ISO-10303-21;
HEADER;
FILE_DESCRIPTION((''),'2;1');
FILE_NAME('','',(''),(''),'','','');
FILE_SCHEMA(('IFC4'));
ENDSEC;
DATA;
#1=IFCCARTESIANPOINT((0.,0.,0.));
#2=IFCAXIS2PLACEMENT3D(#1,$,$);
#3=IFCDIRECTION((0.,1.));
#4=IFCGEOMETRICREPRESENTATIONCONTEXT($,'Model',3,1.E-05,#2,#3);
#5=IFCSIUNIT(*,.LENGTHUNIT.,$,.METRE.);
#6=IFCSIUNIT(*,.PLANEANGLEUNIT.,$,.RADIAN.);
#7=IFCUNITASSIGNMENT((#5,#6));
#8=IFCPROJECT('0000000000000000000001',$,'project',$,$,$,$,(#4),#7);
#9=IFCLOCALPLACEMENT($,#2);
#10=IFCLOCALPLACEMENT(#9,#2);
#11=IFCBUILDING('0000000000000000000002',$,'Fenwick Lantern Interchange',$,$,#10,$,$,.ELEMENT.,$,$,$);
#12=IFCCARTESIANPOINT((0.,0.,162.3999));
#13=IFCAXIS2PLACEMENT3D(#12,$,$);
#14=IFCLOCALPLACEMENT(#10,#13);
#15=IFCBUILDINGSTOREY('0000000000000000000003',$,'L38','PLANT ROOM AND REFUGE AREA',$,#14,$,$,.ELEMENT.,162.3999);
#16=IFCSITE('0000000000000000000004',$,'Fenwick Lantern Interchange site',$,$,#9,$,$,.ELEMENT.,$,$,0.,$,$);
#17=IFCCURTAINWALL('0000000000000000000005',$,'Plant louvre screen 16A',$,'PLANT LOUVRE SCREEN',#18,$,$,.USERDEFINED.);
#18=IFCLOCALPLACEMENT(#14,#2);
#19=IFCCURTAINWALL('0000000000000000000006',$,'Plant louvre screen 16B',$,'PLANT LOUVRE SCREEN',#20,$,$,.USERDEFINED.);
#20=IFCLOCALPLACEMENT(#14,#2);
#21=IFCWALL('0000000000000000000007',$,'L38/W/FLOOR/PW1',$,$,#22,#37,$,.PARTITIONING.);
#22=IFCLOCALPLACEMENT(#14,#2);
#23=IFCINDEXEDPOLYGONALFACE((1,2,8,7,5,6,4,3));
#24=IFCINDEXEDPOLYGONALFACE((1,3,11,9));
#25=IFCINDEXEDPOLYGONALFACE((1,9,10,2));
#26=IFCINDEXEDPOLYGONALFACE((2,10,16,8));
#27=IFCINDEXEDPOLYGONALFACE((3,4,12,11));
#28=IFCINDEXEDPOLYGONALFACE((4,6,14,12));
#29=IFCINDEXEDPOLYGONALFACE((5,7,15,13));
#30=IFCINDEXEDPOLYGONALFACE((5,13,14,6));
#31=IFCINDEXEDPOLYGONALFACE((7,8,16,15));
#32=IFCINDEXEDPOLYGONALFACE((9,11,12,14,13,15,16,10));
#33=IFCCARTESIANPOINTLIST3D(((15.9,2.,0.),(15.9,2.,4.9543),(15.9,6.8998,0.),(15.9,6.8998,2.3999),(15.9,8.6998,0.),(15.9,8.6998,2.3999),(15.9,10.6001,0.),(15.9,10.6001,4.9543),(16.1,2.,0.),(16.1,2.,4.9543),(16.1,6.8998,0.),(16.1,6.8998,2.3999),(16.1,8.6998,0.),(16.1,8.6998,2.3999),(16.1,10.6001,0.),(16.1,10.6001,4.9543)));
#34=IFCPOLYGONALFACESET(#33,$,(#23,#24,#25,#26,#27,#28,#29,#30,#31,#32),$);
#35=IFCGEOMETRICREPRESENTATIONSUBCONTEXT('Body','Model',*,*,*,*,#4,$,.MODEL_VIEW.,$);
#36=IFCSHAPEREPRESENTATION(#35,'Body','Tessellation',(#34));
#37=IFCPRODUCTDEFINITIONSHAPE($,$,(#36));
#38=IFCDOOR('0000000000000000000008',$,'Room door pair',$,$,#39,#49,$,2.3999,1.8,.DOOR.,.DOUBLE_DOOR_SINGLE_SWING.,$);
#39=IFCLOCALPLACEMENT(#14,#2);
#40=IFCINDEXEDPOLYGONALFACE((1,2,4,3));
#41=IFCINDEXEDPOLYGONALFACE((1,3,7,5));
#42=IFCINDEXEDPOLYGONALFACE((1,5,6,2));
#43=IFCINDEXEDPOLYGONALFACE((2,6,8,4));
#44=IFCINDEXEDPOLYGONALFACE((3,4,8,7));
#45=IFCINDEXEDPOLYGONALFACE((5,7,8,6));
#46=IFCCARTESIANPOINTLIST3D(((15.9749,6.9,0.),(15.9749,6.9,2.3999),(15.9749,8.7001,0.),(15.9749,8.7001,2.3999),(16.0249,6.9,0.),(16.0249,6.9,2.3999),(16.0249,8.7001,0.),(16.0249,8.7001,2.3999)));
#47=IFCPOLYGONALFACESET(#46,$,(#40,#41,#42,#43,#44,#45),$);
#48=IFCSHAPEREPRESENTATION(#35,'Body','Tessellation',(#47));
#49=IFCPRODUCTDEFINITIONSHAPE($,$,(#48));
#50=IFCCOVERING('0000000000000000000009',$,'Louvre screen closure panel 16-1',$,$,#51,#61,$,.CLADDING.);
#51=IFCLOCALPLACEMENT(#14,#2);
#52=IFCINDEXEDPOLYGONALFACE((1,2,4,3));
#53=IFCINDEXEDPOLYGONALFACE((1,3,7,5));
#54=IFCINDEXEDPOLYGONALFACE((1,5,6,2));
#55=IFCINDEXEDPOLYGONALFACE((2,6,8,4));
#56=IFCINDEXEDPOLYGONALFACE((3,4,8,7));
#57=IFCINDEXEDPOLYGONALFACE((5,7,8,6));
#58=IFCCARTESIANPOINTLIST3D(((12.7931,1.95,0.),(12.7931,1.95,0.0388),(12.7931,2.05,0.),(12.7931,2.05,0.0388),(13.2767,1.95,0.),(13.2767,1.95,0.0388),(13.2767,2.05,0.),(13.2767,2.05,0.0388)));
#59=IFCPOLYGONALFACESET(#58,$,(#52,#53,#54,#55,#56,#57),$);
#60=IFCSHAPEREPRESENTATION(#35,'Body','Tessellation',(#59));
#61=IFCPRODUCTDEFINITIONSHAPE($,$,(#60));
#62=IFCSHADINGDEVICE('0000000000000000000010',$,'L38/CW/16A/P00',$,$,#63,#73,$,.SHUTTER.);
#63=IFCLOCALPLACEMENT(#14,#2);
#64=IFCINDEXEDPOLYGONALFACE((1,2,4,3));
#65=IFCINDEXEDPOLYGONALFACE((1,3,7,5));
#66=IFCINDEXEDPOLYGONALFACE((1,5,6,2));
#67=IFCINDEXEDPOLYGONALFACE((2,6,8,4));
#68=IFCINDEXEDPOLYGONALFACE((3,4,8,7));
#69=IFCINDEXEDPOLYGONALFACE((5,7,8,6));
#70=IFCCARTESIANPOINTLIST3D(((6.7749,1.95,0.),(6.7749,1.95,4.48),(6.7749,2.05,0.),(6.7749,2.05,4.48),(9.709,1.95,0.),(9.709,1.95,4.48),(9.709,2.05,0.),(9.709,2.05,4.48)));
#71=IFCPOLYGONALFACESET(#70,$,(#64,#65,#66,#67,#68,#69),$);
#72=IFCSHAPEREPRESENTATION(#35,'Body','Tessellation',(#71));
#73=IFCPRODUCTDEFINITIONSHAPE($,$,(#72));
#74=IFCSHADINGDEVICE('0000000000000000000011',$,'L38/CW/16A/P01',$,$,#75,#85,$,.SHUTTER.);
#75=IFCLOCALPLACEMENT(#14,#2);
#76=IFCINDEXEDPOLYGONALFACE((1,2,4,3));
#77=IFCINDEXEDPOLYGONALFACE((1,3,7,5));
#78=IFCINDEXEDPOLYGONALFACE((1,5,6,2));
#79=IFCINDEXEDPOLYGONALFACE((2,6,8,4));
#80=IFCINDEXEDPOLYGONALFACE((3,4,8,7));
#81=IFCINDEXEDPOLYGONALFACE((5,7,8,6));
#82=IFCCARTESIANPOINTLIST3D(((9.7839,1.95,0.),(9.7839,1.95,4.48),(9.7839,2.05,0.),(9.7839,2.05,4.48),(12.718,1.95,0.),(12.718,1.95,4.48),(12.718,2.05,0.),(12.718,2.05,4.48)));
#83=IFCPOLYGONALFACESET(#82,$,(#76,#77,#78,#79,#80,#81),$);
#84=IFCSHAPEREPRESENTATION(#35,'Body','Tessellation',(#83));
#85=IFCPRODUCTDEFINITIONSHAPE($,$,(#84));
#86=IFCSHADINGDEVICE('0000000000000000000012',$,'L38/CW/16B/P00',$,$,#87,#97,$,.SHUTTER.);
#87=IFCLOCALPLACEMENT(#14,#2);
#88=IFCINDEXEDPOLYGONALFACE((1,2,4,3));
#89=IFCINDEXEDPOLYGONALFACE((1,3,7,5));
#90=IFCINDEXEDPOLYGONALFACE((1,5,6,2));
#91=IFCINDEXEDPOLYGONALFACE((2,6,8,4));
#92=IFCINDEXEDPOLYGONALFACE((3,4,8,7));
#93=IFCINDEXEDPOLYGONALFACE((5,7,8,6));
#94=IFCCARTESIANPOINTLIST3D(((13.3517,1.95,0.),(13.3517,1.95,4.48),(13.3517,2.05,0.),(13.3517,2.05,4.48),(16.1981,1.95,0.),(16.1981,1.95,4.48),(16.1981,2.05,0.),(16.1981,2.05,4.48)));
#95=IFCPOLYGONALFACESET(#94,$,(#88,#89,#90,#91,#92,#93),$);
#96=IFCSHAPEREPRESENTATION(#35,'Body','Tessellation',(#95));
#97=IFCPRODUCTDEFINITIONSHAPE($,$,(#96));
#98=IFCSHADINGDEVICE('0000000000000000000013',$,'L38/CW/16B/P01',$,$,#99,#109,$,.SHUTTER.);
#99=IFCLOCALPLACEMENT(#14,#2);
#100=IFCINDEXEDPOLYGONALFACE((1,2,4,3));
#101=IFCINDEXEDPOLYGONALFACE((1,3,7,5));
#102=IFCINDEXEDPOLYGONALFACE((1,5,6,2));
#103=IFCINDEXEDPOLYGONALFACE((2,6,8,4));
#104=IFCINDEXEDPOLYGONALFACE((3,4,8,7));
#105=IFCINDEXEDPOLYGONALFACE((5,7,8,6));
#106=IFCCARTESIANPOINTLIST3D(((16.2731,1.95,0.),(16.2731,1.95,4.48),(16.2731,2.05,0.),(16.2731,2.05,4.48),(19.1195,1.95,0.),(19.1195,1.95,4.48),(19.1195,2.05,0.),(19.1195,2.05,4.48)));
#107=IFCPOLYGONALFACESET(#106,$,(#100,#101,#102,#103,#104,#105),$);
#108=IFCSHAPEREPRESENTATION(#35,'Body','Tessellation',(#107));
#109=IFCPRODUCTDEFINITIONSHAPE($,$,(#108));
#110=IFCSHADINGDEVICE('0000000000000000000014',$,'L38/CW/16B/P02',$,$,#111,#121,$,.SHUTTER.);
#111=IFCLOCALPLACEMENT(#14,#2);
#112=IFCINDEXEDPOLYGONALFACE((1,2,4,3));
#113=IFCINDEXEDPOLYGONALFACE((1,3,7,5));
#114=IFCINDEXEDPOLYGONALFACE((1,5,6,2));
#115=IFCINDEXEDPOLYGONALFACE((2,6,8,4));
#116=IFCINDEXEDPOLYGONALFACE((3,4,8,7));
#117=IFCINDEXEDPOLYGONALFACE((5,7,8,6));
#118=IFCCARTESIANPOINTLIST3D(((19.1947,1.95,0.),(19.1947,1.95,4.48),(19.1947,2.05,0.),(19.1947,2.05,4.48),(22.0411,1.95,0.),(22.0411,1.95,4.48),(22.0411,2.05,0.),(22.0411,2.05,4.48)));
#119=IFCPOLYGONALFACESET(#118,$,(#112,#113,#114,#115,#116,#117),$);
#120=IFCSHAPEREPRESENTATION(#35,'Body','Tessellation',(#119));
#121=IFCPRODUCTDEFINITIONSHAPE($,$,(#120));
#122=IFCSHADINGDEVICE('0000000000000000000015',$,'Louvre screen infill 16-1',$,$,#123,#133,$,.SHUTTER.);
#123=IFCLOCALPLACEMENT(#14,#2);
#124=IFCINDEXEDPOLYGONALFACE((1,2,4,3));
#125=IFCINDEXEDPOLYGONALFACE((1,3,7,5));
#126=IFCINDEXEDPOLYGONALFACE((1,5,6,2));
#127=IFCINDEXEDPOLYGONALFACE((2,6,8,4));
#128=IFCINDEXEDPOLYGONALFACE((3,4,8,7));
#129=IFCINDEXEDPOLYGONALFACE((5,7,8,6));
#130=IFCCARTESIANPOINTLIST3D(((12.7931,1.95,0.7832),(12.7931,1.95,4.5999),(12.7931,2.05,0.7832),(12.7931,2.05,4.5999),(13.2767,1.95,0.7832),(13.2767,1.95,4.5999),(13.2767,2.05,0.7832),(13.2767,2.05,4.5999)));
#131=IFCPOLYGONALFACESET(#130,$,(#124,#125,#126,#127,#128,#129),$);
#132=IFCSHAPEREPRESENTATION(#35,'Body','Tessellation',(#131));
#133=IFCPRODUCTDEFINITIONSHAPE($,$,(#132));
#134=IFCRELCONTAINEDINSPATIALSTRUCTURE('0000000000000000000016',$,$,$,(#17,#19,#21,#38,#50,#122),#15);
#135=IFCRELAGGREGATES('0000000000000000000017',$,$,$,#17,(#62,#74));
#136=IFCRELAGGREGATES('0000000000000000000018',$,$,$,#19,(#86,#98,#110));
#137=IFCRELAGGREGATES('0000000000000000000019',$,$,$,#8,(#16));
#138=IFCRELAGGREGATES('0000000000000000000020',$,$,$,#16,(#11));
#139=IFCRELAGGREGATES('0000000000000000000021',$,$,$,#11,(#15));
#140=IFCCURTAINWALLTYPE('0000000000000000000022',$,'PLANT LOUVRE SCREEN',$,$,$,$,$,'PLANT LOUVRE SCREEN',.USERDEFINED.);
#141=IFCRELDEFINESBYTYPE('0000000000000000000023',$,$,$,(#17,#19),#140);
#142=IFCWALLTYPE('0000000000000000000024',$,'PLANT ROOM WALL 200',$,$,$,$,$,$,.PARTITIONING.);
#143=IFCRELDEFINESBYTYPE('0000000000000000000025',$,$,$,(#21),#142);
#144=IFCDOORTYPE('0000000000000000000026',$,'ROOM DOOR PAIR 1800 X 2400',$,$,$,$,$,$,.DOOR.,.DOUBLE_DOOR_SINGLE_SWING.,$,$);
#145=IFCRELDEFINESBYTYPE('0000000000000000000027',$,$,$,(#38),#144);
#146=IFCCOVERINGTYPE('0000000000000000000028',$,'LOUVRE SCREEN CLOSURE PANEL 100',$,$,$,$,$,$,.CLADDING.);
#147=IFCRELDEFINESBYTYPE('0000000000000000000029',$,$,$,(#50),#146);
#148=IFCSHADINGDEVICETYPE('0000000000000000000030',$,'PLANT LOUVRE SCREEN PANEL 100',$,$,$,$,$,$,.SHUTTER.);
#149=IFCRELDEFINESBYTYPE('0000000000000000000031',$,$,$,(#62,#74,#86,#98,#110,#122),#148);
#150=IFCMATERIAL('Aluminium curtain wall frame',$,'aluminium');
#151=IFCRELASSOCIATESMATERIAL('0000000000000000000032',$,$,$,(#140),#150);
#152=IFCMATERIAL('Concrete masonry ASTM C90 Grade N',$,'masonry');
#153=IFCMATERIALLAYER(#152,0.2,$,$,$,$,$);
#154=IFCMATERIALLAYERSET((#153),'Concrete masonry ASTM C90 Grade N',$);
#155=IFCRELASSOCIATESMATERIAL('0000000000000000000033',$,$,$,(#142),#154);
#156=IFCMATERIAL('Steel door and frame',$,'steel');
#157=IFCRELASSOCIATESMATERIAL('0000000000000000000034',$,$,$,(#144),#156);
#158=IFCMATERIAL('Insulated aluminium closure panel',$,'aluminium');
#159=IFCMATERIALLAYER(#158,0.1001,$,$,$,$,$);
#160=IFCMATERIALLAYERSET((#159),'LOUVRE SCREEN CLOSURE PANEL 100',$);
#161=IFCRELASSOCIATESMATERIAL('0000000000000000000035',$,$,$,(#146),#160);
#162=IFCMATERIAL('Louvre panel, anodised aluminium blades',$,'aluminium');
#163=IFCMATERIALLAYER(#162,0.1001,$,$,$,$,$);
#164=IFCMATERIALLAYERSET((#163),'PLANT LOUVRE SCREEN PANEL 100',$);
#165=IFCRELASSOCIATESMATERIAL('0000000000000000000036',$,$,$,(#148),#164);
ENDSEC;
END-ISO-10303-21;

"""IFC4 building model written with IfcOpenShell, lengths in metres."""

from ifc_helpers import new_model, si_unit, direction, frame, frame_2d, origin, origin_2d, place, context, subcontext, project, spatial, rectangle, extrude, material, layer, layer_set, type_object, element, fill, aggregate, save


model = new_model("IFC4")

# Units and contexts
model_context = context("Model", 3, precision=1e-05, world=origin(), true_north=direction((0.0, 1.0)))
body_context = subcontext(model_context, "Body", "Model", "MODEL_VIEW")
ifc_project = project(units=[si_unit("LENGTHUNIT", "METRE"), si_unit("PLANEANGLEUNIT", "RADIAN")], contexts=[model_context])

# Site, building, storey
site_placement = place(None, origin())
site = spatial("IfcSite", under=ifc_project, at=site_placement, Name="Fenwick Lantern Interchange site", CompositionType="ELEMENT", RefElevation=0.0)
building_placement = place(site_placement, origin())
building = spatial("IfcBuilding", under=site, at=building_placement, Name="Fenwick Lantern Interchange", CompositionType="ELEMENT")
storey_placement = place(building_placement, frame((0.0, 0.0, 162.3999)))
storey = spatial("IfcBuildingStorey", under=building, at=storey_placement, Name="L38", Description="PLANT ROOM AND REFUGE AREA", CompositionType="ELEMENT", Elevation=162.3999)

# Curtain walls
ifc_material_1 = material(Name="Aluminium curtain wall frame", Category="aluminium")
curtain_wall_type = type_object("IfcCurtainWallType", Name="PLANT LOUVRE SCREEN", ElementType="PLANT LOUVRE SCREEN", PredefinedType="USERDEFINED", material=ifc_material_1)
curtain_wall_1_placement = place(storey_placement, origin())
curtain_wall_1 = element("IfcCurtainWall", 1, at=curtain_wall_1_placement, inside=storey, type_object=curtain_wall_type, Name="Plant louvre screen 16A", ObjectType="PLANT LOUVRE SCREEN", PredefinedType="USERDEFINED")
curtain_wall_2_placement = place(storey_placement, origin())
curtain_wall_2 = element("IfcCurtainWall", 2, at=curtain_wall_2_placement, inside=storey, type_object=curtain_wall_type, Name="Plant louvre screen 16B", ObjectType="PLANT LOUVRE SCREEN", PredefinedType="USERDEFINED")

# Wall, opening, door
ifc_material_2 = material(Name="Concrete masonry ASTM C90 Grade N", Category="masonry")
ifc_layer_1 = layer(ifc_material_2, 0.2)
ifc_layer_set_1 = layer_set([ifc_layer_1], Name="Concrete masonry ASTM C90 Grade N")
wall_type = type_object("IfcWallType", Name="PLANT ROOM WALL 200", PredefinedType="PARTITIONING", material=ifc_layer_set_1)
wall_placement = place(storey_placement, frame((16.0, 2.0, 0.0), z_axis=(0.0, 0.0, 1.0), x_axis=(0.0, 1.0, 0.0)))
wall = element("IfcWall", 3, at=wall_placement, inside=storey, type_object=wall_type, Name="L38/W/FLOOR/PW1", PredefinedType="PARTITIONING", context=body_context, shape_type="SweptSolid", body=[
    extrude(rectangle(XDim=8.6001, YDim=0.2, at=frame_2d((4.3, 0.0))), origin(), (0.0, 0.0, 1.0), 4.9543),
])
opening_placement = place(wall_placement, frame((4.8999, 0.0, 0.0)))
opening = element("IfcOpeningElement", 4, at=opening_placement, cuts=wall, PredefinedType="OPENING", context=body_context, shape_type="SweptSolid", body=[
    extrude(rectangle(XDim=1.8, YDim=2.3999, at=frame_2d((0.8999, 1.2))), frame((0.0, 0.1099, 0.0), z_axis=(0.0, -1.0, 0.0), x_axis=(1.0, 0.0, 0.0)), (0.0, 0.0, 1.0), 0.22),
])
ifc_material_3 = material(Name="Steel door and frame", Category="steel")
door_type = type_object("IfcDoorType", Name="ROOM DOOR PAIR 1800 X 2400", OperationType="DOUBLE_DOOR_SINGLE_SWING", PredefinedType="DOOR", material=ifc_material_3)
door_placement = place(opening_placement, frame((1.8, 0.0, 0.0), z_axis=(0.0, 0.0, 1.0), x_axis=(-1.0, 0.0, 0.0)))
door = element("IfcDoor", 5, at=door_placement, inside=storey, type_object=door_type, Name="Room door pair", OperationType="DOUBLE_DOOR_SINGLE_SWING", OverallHeight=2.3999, OverallWidth=1.8, PredefinedType="DOOR", context=body_context, shape_type="SweptSolid", body=[
    extrude(rectangle(XDim=1.8, YDim=2.3999, at=frame_2d((0.8999, 1.2))), frame((0.0, 0.0249, 0.0), z_axis=(0.0, -1.0, 0.0), x_axis=(1.0, 0.0, 0.0)), (0.0, 0.0, 1.0), 0.05),
])
fill(opening, door)

# Covering
ifc_material_4 = material(Name="Insulated aluminium closure panel", Category="aluminium")
ifc_layer_2 = layer(ifc_material_4, 0.1001)
ifc_layer_set_2 = layer_set([ifc_layer_2], Name="LOUVRE SCREEN CLOSURE PANEL 100")
covering_type = type_object("IfcCoveringType", Name="LOUVRE SCREEN CLOSURE PANEL 100", PredefinedType="CLADDING", material=ifc_layer_set_2)
covering_placement = place(storey_placement, frame((13.0349, 2.0, 0.0), z_axis=(0.0, 0.0, 1.0), x_axis=(1.0, 0.0, 0.0)))
element("IfcCovering", 6, at=covering_placement, inside=storey, type_object=covering_type, Name="Louvre screen closure panel 16-1", PredefinedType="CLADDING", context=body_context, shape_type="SweptSolid", body=[
    extrude(rectangle(XDim=0.4836, YDim=0.1001, at=origin_2d()), origin(), (0.0, 0.0, 1.0), 0.0388),
])

# Shading devices
ifc_material_5 = material(Name="Louvre panel, anodised aluminium blades", Category="aluminium")
ifc_layer_3 = layer(ifc_material_5, 0.1001)
ifc_layer_set_3 = layer_set([ifc_layer_3], Name="PLANT LOUVRE SCREEN PANEL 100")
shading_device_type = type_object("IfcShadingDeviceType", Name="PLANT LOUVRE SCREEN PANEL 100", PredefinedType="SHUTTER", material=ifc_layer_set_3)
shading_device_1_placement = place(storey_placement, frame((8.2419, 2.0, 0.0), z_axis=(0.0, 0.0, 1.0), x_axis=(1.0, 0.0, 0.0)))
shading_device_1 = element("IfcShadingDevice", 7, at=shading_device_1_placement, type_object=shading_device_type, Name="L38/CW/16A/P00", PredefinedType="SHUTTER", context=body_context, shape_type="SweptSolid", body=[
    extrude(rectangle(XDim=2.9341, YDim=0.1001, at=origin_2d()), origin(), (0.0, 0.0, 1.0), 4.48),
])
shading_device_2_placement = place(storey_placement, frame((11.251, 2.0, 0.0), z_axis=(0.0, 0.0, 1.0), x_axis=(1.0, 0.0, 0.0)))
shading_device_2 = element("IfcShadingDevice", 8, at=shading_device_2_placement, type_object=shading_device_type, Name="L38/CW/16A/P01", PredefinedType="SHUTTER", context=body_context, shape_type="SweptSolid", body=[
    extrude(rectangle(XDim=2.9341, YDim=0.1001, at=origin_2d()), origin(), (0.0, 0.0, 1.0), 4.48),
])
aggregate(curtain_wall_1, [shading_device_1, shading_device_2])
shading_device_3_placement = place(storey_placement, frame((14.7749, 2.0, 0.0), z_axis=(0.0, 0.0, 1.0), x_axis=(1.0, 0.0, 0.0)))
shading_device_3 = element("IfcShadingDevice", 9, at=shading_device_3_placement, type_object=shading_device_type, Name="L38/CW/16B/P00", PredefinedType="SHUTTER", context=body_context, shape_type="SweptSolid", body=[
    extrude(rectangle(XDim=2.8464, YDim=0.1001, at=origin_2d()), origin(), (0.0, 0.0, 1.0), 4.48),
])
shading_device_4_placement = place(storey_placement, frame((17.6963, 2.0, 0.0), z_axis=(0.0, 0.0, 1.0), x_axis=(1.0, 0.0, 0.0)))
shading_device_4 = element("IfcShadingDevice", 10, at=shading_device_4_placement, type_object=shading_device_type, Name="L38/CW/16B/P01", PredefinedType="SHUTTER", context=body_context, shape_type="SweptSolid", body=[
    extrude(rectangle(XDim=2.8464, YDim=0.1001, at=origin_2d()), origin(), (0.0, 0.0, 1.0), 4.48),
])
shading_device_5_placement = place(storey_placement, frame((20.6179, 2.0, 0.0), z_axis=(0.0, 0.0, 1.0), x_axis=(1.0, 0.0, 0.0)))
shading_device_5 = element("IfcShadingDevice", 11, at=shading_device_5_placement, type_object=shading_device_type, Name="L38/CW/16B/P02", PredefinedType="SHUTTER", context=body_context, shape_type="SweptSolid", body=[
    extrude(rectangle(XDim=2.8464, YDim=0.1001, at=origin_2d()), origin(), (0.0, 0.0, 1.0), 4.48),
])
aggregate(curtain_wall_2, [shading_device_3, shading_device_4, shading_device_5])
shading_device_6_placement = place(storey_placement, frame((13.0349, 2.0, 0.7832), z_axis=(0.0, 0.0, 1.0), x_axis=(1.0, 0.0, 0.0)))
element("IfcShadingDevice", 12, at=shading_device_6_placement, inside=storey, type_object=shading_device_type, Name="Louvre screen infill 16-1", PredefinedType="SHUTTER", context=body_context, shape_type="SweptSolid", body=[
    extrude(rectangle(XDim=0.4836, YDim=0.1001, at=origin_2d()), origin(), (0.0, 0.0, 1.0), 3.8167),
])

save(model, "model.ifc")
